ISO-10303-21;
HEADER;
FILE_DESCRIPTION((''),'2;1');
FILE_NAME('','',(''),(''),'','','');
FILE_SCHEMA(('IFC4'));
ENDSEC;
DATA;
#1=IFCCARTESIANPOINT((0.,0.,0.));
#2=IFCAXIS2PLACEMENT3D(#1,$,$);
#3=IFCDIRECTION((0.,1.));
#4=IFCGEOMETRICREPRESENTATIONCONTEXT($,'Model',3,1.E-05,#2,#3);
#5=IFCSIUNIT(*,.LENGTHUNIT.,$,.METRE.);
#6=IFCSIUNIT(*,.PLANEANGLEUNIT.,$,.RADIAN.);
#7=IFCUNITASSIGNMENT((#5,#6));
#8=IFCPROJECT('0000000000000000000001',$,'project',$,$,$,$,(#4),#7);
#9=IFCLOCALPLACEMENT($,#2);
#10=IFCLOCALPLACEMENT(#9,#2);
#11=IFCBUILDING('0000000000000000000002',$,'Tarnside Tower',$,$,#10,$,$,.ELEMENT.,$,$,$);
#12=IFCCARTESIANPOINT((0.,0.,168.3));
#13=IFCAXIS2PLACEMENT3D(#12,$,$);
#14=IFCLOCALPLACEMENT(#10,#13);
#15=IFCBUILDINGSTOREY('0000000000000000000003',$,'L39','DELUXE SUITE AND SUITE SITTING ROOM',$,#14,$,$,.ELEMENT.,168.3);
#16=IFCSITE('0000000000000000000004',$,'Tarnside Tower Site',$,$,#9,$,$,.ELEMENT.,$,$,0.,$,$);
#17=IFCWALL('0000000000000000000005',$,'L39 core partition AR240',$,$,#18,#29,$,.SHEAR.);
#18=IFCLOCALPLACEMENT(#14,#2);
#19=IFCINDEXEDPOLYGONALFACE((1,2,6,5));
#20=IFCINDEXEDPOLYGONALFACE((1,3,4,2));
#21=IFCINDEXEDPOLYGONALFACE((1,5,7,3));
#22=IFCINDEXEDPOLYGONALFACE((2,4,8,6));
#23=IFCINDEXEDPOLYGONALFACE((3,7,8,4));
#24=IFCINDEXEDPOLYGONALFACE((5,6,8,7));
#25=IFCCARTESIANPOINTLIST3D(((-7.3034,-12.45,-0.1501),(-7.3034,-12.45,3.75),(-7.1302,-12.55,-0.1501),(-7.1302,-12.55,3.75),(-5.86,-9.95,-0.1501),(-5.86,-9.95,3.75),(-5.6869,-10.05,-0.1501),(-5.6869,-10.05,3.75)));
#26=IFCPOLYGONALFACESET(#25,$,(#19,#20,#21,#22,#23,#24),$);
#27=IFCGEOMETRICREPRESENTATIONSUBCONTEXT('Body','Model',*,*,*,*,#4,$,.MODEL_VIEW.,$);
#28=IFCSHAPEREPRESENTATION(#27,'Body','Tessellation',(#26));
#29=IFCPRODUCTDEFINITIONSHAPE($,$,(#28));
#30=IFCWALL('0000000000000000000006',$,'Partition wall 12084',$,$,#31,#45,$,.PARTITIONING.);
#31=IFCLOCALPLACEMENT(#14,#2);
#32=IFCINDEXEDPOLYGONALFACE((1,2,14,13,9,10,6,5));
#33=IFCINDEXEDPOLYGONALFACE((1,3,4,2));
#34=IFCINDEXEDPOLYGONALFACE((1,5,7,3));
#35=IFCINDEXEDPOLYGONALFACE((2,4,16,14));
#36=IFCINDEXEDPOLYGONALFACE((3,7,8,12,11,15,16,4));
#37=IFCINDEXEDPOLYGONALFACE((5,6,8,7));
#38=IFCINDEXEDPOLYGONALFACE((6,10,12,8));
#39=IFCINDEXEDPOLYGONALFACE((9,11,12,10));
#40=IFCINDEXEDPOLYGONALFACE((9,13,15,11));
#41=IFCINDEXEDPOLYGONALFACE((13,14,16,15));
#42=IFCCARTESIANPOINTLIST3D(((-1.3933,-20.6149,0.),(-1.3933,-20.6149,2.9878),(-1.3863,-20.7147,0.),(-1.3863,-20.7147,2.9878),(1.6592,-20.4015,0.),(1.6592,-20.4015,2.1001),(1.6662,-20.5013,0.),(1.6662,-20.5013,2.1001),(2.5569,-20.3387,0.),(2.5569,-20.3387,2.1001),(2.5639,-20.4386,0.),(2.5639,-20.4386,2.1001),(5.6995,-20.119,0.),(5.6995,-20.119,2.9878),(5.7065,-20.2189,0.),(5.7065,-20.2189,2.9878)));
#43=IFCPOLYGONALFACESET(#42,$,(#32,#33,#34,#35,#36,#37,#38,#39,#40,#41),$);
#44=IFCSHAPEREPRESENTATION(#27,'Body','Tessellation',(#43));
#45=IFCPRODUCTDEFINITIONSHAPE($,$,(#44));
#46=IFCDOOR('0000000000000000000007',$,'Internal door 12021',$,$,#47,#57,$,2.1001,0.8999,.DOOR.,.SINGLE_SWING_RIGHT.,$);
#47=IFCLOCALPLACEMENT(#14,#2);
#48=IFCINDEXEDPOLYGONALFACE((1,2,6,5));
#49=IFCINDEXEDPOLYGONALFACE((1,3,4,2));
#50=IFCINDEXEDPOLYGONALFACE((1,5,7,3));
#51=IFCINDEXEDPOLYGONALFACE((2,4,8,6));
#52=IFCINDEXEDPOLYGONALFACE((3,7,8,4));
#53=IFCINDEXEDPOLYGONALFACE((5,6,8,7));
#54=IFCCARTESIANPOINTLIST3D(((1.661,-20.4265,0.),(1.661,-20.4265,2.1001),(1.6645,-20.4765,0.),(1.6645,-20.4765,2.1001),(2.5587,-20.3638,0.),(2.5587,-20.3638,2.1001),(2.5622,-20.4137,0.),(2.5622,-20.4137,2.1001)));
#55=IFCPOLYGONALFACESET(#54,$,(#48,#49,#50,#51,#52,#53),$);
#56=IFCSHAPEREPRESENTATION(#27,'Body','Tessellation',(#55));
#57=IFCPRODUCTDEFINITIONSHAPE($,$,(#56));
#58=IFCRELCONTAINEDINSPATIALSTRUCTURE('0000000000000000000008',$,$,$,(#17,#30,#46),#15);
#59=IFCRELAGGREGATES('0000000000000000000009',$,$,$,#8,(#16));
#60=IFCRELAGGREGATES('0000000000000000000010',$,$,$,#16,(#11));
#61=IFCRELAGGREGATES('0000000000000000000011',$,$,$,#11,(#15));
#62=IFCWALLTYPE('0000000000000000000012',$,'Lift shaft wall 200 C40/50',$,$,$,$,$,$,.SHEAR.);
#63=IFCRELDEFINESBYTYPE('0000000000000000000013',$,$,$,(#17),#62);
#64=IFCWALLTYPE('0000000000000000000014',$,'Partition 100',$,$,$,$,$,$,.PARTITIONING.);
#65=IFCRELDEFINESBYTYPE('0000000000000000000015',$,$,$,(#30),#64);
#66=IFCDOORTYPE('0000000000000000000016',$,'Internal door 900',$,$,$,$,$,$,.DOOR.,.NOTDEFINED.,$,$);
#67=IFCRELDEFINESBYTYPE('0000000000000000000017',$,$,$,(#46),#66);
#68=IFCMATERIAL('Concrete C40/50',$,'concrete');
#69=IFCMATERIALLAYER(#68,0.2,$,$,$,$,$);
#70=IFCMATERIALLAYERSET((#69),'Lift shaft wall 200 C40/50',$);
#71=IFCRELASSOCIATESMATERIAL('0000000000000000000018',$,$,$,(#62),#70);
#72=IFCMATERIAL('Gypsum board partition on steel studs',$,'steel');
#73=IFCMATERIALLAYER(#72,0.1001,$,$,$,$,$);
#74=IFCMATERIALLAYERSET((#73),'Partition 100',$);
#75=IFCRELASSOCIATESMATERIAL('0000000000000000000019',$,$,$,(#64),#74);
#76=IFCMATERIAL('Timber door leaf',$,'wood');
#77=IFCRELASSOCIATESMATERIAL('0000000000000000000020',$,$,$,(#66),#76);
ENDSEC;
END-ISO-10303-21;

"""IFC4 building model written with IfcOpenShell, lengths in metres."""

from ifc_helpers import new_model, si_unit, direction, frame, frame_2d, origin, place, context, subcontext, project, spatial, rectangle, extrude, material, layer, layer_set, type_object, element, fill, save


model = new_model("IFC4")

# Units and contexts
model_context = context("Model", 3, precision=1e-05, world=origin(), true_north=direction((0.0, 1.0)))
body_context = subcontext(model_context, "Body", "Model", "MODEL_VIEW")
ifc_project = project(units=[si_unit("LENGTHUNIT", "METRE"), si_unit("PLANEANGLEUNIT", "RADIAN")], contexts=[model_context])

# Site, building, storey
site_placement = place(None, origin())
site = spatial("IfcSite", under=ifc_project, at=site_placement, Name="Tarnside Tower Site", CompositionType="ELEMENT", RefElevation=0.0)
building_placement = place(site_placement, origin())
building = spatial("IfcBuilding", under=site, at=building_placement, Name="Tarnside Tower", CompositionType="ELEMENT")
storey_placement = place(building_placement, frame((0.0, 0.0, 168.3)))
storey = spatial("IfcBuildingStorey", under=building, at=storey_placement, Name="L39", Description="DELUXE SUITE AND SUITE SITTING ROOM", CompositionType="ELEMENT", Elevation=168.3)

# Shared definitions
ifc_material_1 = material(Name="Gypsum board partition on steel studs", Category="steel")
ifc_material_2 = material(Name="Timber door leaf", Category="wood")

# Wall
ifc_material_3 = material(Name="Concrete C40/50", Category="concrete")
ifc_layer_1 = layer(ifc_material_3, 0.2)
ifc_layer_set_1 = layer_set([ifc_layer_1], Name="Lift shaft wall 200 C40/50")
wall_type_1 = type_object("IfcWallType", Name="Lift shaft wall 200 C40/50", PredefinedType="SHEAR", material=ifc_layer_set_1)
wall_1_placement = place(storey_placement, frame((-5.7734, -10.0, -0.1501), z_axis=(0.0, 0.0, 1.0), x_axis=(-0.499996, -0.866028, 0.0)))
element("IfcWall", 1, at=wall_1_placement, inside=storey, type_object=wall_type_1, Name="L39 core partition AR240", PredefinedType="SHEAR", context=body_context, shape_type="SweptSolid", body=[
    extrude(rectangle(XDim=2.8867, YDim=0.2, at=frame_2d((1.4434, 0.0))), origin(), (0.0, 0.0, 1.0), 3.9001),
])

# Wall, opening, door
ifc_layer_2 = layer(ifc_material_1, 0.1001)
ifc_layer_set_2 = layer_set([ifc_layer_2], Name="Partition 100")
wall_type_2 = type_object("IfcWallType", Name="Partition 100", PredefinedType="PARTITIONING", material=ifc_layer_set_2)
wall_2_placement = place(storey_placement, frame((-1.3899, -20.6648, 0.0), z_axis=(0.0, 0.0, 1.0), x_axis=(0.997565, 0.069739, 0.0)))
wall_2 = element("IfcWall", 2, at=wall_2_placement, inside=storey, type_object=wall_type_2, Name="Partition wall 12084", PredefinedType="PARTITIONING", context=body_context, shape_type="SweptSolid", body=[
    extrude(rectangle(XDim=7.1101, YDim=0.1001, at=frame_2d((3.5552, 0.0))), origin(), (0.0, 0.0, 1.0), 2.9878),
])
opening_1_placement = place(wall_2_placement, frame((3.0601, 0.0, 0.0)))
opening_1 = element("IfcOpeningElement", 3, at=opening_1_placement, cuts=wall_2, PredefinedType="OPENING", context=body_context, shape_type="SweptSolid", body=[
    extrude(rectangle(XDim=0.8999, YDim=2.1001, at=frame_2d((0.45, 1.05))), frame((0.0, 0.0601, 0.0), z_axis=(0.0, -1.0, 0.0), x_axis=(1.0, 0.0, 0.0)), (0.0, 0.0, 1.0), 0.1201),
])
door_type_1 = type_object("IfcDoorType", Name="Internal door 900", OperationType="NOTDEFINED", PredefinedType="DOOR", material=ifc_material_2)
door_1_placement = place(opening_1_placement, origin())
door_1 = element("IfcDoor", 4, at=door_1_placement, inside=storey, type_object=door_type_1, Name="Internal door 12021", OperationType="SINGLE_SWING_RIGHT", OverallHeight=2.1001, OverallWidth=0.8999, PredefinedType="DOOR", context=body_context, shape_type="SweptSolid", body=[
    extrude(rectangle(XDim=0.8999, YDim=2.1001, at=frame_2d((0.45, 1.05))), frame((0.0, 0.0249, 0.0), z_axis=(0.0, -1.0, 0.0), x_axis=(1.0, 0.0, 0.0)), (0.0, 0.0, 1.0), 0.05),
])
fill(opening_1, door_1)

save(model, "model.ifc")
